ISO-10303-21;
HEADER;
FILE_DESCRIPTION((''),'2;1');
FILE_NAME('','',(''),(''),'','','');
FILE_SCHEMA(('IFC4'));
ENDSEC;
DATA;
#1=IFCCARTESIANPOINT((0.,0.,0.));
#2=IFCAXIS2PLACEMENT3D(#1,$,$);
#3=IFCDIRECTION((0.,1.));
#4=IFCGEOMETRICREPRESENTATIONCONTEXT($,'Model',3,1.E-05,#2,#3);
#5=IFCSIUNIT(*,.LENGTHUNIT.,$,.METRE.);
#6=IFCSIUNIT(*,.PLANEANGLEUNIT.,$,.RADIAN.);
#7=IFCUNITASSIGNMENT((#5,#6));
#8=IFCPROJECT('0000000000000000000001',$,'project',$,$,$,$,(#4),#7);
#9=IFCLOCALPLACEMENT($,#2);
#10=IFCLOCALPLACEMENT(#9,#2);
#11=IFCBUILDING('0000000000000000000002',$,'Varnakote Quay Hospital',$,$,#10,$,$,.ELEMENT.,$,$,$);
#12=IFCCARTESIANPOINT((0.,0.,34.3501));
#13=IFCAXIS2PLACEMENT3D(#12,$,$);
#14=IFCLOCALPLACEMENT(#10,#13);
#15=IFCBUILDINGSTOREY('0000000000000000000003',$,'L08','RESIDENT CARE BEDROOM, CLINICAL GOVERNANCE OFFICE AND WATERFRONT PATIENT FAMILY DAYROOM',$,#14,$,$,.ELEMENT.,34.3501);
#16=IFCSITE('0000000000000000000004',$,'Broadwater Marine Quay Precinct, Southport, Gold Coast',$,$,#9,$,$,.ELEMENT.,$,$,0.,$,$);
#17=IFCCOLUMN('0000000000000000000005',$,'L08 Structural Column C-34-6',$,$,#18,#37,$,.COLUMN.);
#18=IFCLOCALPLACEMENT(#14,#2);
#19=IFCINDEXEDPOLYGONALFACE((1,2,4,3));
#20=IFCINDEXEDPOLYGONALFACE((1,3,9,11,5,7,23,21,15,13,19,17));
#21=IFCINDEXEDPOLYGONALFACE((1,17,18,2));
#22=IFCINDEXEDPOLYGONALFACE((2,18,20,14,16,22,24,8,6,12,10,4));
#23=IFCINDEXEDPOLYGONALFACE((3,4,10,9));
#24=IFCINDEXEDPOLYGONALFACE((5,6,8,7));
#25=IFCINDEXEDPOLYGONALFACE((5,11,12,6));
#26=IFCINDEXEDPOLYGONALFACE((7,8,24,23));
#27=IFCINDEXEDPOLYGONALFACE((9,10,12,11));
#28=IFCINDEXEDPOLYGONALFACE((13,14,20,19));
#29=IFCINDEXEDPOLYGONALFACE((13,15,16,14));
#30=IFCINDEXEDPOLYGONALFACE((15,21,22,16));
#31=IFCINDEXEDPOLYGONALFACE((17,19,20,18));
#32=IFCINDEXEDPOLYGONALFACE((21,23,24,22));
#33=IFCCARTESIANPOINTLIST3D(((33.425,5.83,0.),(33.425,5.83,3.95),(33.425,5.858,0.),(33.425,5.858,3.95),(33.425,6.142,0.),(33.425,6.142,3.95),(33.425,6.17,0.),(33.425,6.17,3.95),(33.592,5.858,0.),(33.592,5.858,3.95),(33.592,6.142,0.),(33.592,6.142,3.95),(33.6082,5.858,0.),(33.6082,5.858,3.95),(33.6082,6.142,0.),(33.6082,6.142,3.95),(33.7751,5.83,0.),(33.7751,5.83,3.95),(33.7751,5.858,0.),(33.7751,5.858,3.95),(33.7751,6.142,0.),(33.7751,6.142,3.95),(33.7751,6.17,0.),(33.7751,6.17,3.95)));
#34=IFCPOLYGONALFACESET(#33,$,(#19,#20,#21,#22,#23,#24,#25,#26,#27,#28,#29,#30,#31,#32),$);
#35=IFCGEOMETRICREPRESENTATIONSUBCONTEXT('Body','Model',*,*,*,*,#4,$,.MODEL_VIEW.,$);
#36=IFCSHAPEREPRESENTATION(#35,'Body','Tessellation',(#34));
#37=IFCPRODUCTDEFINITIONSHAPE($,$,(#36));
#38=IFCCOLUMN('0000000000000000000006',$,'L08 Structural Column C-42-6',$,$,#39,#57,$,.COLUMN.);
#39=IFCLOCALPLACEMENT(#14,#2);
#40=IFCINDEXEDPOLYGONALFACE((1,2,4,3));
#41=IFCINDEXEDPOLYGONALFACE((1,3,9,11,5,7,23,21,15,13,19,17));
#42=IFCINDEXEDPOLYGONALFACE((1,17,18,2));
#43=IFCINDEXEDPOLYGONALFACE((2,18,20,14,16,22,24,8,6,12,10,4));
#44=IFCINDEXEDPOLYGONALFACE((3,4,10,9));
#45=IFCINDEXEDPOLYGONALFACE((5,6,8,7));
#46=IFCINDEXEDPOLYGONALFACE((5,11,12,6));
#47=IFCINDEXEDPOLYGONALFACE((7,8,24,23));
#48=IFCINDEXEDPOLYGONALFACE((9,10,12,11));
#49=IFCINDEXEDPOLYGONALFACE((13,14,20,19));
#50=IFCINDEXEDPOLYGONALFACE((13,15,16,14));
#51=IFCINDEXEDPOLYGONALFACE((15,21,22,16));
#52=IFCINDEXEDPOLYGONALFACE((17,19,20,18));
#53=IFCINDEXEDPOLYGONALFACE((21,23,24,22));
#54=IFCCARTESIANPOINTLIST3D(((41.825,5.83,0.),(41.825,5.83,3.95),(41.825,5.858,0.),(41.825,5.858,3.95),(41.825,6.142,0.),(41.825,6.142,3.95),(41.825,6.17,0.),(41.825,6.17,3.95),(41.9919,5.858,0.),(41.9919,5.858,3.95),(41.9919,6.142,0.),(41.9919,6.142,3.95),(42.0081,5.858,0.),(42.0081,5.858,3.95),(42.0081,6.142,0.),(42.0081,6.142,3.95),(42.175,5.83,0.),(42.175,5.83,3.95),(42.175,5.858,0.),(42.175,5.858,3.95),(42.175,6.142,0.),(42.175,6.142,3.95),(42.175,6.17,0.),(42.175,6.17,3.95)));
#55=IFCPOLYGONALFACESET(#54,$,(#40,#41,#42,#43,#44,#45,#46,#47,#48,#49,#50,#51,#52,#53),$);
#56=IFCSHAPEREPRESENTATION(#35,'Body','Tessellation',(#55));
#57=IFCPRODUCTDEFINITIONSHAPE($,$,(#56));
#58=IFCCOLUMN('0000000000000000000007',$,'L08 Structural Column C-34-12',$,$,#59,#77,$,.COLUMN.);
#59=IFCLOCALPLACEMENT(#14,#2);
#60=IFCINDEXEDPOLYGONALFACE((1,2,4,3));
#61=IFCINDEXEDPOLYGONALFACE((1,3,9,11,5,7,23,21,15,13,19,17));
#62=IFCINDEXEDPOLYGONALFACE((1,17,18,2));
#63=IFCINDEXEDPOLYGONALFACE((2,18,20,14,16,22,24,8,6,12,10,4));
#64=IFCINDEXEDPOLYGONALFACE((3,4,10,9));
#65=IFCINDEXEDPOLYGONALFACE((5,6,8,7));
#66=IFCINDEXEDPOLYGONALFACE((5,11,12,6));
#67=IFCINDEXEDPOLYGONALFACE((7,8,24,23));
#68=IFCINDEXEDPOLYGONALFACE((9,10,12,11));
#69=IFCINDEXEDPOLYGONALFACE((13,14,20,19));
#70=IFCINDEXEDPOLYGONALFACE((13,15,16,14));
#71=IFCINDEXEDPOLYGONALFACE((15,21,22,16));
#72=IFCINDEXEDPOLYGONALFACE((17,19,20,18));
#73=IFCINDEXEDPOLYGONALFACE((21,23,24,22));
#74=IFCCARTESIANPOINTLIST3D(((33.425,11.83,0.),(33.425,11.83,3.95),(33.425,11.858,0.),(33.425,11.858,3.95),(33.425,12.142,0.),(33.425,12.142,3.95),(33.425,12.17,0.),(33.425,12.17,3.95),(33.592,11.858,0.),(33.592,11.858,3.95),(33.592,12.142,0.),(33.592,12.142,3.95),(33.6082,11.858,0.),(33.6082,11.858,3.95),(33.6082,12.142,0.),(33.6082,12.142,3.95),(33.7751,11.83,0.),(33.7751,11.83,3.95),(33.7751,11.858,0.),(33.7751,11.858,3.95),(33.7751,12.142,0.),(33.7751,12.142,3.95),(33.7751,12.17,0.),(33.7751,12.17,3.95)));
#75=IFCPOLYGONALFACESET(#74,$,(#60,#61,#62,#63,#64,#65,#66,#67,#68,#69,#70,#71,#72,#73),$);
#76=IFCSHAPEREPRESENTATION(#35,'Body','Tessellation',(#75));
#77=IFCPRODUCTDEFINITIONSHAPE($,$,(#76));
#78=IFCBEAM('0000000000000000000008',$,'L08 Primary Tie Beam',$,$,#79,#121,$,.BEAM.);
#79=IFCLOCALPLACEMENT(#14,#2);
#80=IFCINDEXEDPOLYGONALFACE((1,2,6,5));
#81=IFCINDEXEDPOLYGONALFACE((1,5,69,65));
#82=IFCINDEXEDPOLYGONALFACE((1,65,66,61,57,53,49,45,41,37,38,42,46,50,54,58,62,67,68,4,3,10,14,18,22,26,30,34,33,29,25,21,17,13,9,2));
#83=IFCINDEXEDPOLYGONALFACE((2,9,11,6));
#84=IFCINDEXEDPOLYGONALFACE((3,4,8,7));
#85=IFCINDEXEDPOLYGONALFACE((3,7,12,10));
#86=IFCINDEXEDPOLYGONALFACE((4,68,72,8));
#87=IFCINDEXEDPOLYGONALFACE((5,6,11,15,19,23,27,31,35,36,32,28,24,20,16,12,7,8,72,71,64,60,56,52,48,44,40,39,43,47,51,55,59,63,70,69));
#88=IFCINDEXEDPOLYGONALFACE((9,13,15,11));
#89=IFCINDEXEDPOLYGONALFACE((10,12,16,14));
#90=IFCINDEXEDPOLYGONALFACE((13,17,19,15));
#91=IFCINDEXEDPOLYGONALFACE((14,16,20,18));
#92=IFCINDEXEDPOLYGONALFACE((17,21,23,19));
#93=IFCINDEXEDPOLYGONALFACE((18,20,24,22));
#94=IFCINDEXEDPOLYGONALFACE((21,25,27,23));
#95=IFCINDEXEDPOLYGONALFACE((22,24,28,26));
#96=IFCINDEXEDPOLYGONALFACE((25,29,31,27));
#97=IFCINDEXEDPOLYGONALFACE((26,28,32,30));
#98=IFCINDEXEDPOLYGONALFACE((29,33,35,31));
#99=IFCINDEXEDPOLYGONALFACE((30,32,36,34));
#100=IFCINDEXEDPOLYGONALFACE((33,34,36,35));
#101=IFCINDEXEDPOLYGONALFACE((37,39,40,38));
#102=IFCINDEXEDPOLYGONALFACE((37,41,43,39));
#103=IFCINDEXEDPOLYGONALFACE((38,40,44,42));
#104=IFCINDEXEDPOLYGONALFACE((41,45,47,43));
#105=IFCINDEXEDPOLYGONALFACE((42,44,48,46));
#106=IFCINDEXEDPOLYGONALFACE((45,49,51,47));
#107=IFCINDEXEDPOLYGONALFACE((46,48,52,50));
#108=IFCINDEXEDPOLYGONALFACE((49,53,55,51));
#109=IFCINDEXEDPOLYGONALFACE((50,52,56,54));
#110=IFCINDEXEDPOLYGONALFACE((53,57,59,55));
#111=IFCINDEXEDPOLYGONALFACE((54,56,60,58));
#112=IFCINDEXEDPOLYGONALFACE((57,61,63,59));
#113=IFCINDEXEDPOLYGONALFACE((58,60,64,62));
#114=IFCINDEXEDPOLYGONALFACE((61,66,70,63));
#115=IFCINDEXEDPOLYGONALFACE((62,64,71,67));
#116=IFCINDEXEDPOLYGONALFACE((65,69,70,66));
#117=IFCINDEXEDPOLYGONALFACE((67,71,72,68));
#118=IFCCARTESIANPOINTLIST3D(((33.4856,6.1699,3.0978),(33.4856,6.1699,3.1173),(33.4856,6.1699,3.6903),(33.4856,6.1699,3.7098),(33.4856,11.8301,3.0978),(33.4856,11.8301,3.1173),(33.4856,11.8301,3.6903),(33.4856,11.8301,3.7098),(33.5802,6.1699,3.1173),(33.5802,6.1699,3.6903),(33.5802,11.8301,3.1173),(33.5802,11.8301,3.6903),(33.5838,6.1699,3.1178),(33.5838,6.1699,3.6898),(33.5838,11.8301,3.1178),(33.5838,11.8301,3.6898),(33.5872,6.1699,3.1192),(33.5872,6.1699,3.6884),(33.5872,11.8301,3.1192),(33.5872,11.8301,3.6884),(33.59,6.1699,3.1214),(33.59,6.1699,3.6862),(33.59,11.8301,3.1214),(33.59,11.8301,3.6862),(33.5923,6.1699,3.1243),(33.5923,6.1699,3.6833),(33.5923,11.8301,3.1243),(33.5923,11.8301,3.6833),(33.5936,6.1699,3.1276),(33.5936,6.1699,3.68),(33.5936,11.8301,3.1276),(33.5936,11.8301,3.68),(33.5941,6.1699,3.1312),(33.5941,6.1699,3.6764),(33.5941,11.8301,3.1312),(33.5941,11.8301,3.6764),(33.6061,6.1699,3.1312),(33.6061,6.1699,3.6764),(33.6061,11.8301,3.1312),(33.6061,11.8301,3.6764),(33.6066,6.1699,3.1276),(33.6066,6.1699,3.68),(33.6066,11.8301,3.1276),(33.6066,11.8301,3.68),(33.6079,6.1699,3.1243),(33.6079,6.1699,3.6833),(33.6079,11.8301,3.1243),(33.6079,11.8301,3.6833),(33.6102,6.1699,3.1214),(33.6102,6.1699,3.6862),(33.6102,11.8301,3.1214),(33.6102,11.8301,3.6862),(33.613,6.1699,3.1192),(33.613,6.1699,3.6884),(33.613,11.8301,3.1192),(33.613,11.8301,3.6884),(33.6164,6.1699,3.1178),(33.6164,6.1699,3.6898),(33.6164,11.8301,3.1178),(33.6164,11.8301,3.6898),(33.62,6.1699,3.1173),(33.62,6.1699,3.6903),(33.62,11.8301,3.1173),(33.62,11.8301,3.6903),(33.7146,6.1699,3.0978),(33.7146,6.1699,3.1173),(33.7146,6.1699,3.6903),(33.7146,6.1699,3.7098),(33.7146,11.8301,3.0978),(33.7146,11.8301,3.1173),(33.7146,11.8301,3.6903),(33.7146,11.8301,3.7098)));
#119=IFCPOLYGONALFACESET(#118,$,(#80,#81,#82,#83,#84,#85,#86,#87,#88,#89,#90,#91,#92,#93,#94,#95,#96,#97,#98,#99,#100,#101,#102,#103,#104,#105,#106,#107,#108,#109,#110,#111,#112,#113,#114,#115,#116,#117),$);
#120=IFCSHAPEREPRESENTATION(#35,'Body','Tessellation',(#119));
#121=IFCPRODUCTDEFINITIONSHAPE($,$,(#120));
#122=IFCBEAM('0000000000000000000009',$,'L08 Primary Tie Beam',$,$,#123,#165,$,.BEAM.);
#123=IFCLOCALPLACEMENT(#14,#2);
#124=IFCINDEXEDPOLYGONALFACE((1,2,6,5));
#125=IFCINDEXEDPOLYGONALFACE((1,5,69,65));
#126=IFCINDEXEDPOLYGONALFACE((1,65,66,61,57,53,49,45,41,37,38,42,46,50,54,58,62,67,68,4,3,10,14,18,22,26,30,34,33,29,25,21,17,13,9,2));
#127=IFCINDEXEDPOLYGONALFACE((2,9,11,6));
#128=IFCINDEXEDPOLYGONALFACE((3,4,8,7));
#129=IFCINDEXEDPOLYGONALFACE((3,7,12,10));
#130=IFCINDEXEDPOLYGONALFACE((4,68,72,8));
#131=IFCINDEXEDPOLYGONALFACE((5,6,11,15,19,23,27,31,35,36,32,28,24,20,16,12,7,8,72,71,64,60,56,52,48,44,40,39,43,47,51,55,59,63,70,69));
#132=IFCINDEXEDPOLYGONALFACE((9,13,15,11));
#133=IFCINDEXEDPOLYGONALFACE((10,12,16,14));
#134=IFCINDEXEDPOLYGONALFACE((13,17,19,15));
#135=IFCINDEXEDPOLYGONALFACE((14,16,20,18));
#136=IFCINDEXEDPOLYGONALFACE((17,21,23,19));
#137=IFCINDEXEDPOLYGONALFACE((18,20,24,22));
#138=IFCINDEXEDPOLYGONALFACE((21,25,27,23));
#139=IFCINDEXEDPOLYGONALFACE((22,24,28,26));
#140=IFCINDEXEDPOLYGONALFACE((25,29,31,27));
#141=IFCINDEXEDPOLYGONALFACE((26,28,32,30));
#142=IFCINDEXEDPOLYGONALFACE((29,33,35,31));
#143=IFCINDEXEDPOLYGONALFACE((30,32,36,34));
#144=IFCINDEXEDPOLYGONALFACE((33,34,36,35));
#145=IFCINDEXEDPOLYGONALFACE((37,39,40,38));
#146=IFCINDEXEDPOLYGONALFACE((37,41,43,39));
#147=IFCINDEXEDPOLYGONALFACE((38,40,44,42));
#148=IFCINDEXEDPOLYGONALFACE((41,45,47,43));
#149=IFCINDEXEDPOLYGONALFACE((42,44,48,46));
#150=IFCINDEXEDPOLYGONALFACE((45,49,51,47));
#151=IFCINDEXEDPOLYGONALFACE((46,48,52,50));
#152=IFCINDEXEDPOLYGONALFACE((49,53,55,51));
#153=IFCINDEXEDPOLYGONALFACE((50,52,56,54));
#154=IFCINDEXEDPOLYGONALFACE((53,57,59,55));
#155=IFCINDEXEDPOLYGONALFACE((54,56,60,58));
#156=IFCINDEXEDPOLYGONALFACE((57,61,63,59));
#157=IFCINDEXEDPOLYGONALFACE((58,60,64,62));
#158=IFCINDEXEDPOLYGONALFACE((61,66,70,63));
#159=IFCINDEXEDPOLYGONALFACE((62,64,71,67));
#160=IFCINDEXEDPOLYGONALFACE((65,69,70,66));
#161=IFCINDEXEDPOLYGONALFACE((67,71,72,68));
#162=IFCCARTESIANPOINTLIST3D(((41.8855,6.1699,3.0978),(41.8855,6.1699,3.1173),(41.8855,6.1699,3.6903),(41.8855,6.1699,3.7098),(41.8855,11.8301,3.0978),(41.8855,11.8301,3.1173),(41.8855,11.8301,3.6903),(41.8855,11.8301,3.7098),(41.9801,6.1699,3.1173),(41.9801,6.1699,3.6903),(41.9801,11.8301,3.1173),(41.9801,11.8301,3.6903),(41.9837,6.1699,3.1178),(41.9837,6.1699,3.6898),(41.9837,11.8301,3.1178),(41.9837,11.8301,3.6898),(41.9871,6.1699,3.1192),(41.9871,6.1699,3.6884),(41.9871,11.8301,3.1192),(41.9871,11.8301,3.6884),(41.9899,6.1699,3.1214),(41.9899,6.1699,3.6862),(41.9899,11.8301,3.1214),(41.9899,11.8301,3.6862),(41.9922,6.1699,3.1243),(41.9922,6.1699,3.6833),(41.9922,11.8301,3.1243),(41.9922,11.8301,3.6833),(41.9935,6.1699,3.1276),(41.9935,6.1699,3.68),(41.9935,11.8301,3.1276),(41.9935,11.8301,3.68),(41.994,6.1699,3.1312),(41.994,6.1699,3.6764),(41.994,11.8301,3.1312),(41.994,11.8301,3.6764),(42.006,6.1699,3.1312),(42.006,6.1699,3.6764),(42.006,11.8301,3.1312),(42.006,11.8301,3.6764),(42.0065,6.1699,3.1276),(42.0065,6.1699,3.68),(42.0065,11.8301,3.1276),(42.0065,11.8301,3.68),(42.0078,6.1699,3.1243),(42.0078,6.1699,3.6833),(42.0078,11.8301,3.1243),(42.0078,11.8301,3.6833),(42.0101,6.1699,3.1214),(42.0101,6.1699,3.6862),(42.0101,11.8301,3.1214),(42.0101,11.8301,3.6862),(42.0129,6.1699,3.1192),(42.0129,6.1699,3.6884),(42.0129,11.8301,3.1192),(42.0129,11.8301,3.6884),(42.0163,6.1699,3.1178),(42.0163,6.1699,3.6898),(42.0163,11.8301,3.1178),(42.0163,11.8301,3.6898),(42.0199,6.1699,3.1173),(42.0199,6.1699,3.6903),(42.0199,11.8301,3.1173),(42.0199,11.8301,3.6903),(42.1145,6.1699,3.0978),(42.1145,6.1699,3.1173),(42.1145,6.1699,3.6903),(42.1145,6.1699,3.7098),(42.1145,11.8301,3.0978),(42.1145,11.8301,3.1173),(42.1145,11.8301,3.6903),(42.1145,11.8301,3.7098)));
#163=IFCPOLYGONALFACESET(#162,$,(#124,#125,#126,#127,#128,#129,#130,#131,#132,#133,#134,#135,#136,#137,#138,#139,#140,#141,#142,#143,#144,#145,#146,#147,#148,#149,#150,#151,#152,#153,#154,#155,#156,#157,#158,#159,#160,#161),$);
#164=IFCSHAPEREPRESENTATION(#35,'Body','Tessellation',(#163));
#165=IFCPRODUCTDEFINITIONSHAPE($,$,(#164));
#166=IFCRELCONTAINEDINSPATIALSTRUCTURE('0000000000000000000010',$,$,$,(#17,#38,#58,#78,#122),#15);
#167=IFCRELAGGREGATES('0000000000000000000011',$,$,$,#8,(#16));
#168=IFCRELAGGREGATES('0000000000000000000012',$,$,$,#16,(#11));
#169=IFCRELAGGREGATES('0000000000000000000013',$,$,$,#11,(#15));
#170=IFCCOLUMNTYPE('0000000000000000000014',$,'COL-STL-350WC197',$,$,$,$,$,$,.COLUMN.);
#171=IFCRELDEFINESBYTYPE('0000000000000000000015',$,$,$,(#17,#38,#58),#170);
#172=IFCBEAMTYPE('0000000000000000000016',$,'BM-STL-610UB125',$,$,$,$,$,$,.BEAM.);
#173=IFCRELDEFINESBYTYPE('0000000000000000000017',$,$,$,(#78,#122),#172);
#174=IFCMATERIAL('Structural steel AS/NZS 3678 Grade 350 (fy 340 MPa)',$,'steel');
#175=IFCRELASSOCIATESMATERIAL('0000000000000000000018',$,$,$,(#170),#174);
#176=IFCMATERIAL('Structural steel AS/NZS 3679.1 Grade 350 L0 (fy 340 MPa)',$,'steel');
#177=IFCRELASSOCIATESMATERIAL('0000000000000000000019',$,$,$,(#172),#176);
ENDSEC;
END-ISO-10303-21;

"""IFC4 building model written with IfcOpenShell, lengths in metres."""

from ifc_helpers import new_model, si_unit, direction, frame, origin, origin_2d, place, context, subcontext, project, spatial, i_section, extrude, material, material_profile, profile_set, type_object, element, save


model = new_model("IFC4")

# Units and contexts
model_context = context("Model", 3, precision=1e-05, world=origin(), true_north=direction((0.0, 1.0)))
body_context = subcontext(model_context, "Body", "Model", "MODEL_VIEW")
ifc_project = project(units=[si_unit("LENGTHUNIT", "METRE"), si_unit("PLANEANGLEUNIT", "RADIAN")], contexts=[model_context])

# Site, building, storey
site_placement = place(None, origin())
site = spatial("IfcSite", under=ifc_project, at=site_placement, Name="Broadwater Marine Quay Precinct, Southport, Gold Coast", CompositionType="ELEMENT", RefElevation=0.0)
building_placement = place(site_placement, origin())
building = spatial("IfcBuilding", under=site, at=building_placement, Name="Varnakote Quay Hospital", CompositionType="ELEMENT")
storey_placement = place(building_placement, frame((0.0, 0.0, 34.3501)))
storey = spatial("IfcBuildingStorey", under=building, at=storey_placement, Name="L08", Description="RESIDENT CARE BEDROOM, CLINICAL GOVERNANCE OFFICE AND WATERFRONT PATIENT FAMILY DAYROOM", CompositionType="ELEMENT", Elevation=34.3501)

# Columns
ifc_material_1 = material(Name="Structural steel AS/NZS 3678 Grade 350 (fy 340 MPa)", Category="steel")
ifc_material_profile_1 = material_profile(ifc_material_1, i_section(OverallWidth=0.3501, OverallDepth=0.3401, WebThickness=0.0161, FlangeThickness=0.0281, at=origin_2d()), Name="350WC197")
ifc_profile_set_1 = profile_set([ifc_material_profile_1], Name="Structural steel AS/NZS 3678 Grade 350 (fy 340 MPa)")
column_type = type_object("IfcColumnType", Name="COL-STL-350WC197", PredefinedType="COLUMN", material=ifc_profile_set_1)
for number, where, z_axis, x_axis, name in (
    (1, (33.6001, 6.0, 0.0), (0.0, 0.0, 1.0), (1.0, 0.0, 0.0), "L08 Structural Column C-34-6"),
    (2, (42.0, 6.0, 0.0), (0.0, 0.0, 1.0), (1.0, 0.0, 0.0), "L08 Structural Column C-42-6"),
    (3, (33.6001, 12.0, 0.0), (0.0, 0.0, 1.0), (1.0, 0.0, 0.0), "L08 Structural Column C-34-12"),
):
    element("IfcColumn", number, at=place(storey_placement, frame(where, z_axis=z_axis, x_axis=x_axis)), inside=storey, type_object=column_type, Name=name, PredefinedType="COLUMN", context=body_context, shape_type="SweptSolid", body=[
        extrude(i_section(OverallWidth=0.3501, OverallDepth=0.3401, WebThickness=0.0161, FlangeThickness=0.0281, at=origin_2d()), origin(), (0.0, 0.0, 1.0), 3.95),
    ])

# Beams
ifc_material_2 = material(Name="Structural steel AS/NZS 3679.1 Grade 350 L0 (fy 340 MPa)", Category="steel")
ifc_material_profile_2 = material_profile(ifc_material_2, i_section(OverallWidth=0.229, OverallDepth=0.6121, WebThickness=0.012, FlangeThickness=0.0195, FilletRadius=0.0139, at=origin_2d()), Name="610UB125")
ifc_profile_set_2 = profile_set([ifc_material_profile_2], Name="Structural steel AS/NZS 3679.1 Grade 350 L0 (fy 340 MPa)")
beam_type_1 = type_object("IfcBeamType", Name="BM-STL-610UB125", PredefinedType="BEAM", material=ifc_profile_set_2)
for number, where, z_axis, x_axis, name in (
    (4, (33.6001, 6.1699, 3.4038), (0.0, 1.0, 0.0), (-1.0, 0.0, 0.0), "L08 Primary Tie Beam"),
    (5, (42.0, 6.1699, 3.4038), (0.0, 1.0, 0.0), (-1.0, 0.0, 0.0), "L08 Primary Tie Beam"),
):
    element("IfcBeam", number, at=place(storey_placement, frame(where, z_axis=z_axis, x_axis=x_axis)), inside=storey, type_object=beam_type_1, Name=name, PredefinedType="BEAM", context=body_context, shape_type="SweptSolid", body=[
        extrude(i_section(OverallWidth=0.229, OverallDepth=0.6121, WebThickness=0.012, FlangeThickness=0.0195, FilletRadius=0.0139, at=origin_2d()), origin(), (0.0, 0.0, 1.0), 5.6602),
    ])

save(model, "model.ifc")
